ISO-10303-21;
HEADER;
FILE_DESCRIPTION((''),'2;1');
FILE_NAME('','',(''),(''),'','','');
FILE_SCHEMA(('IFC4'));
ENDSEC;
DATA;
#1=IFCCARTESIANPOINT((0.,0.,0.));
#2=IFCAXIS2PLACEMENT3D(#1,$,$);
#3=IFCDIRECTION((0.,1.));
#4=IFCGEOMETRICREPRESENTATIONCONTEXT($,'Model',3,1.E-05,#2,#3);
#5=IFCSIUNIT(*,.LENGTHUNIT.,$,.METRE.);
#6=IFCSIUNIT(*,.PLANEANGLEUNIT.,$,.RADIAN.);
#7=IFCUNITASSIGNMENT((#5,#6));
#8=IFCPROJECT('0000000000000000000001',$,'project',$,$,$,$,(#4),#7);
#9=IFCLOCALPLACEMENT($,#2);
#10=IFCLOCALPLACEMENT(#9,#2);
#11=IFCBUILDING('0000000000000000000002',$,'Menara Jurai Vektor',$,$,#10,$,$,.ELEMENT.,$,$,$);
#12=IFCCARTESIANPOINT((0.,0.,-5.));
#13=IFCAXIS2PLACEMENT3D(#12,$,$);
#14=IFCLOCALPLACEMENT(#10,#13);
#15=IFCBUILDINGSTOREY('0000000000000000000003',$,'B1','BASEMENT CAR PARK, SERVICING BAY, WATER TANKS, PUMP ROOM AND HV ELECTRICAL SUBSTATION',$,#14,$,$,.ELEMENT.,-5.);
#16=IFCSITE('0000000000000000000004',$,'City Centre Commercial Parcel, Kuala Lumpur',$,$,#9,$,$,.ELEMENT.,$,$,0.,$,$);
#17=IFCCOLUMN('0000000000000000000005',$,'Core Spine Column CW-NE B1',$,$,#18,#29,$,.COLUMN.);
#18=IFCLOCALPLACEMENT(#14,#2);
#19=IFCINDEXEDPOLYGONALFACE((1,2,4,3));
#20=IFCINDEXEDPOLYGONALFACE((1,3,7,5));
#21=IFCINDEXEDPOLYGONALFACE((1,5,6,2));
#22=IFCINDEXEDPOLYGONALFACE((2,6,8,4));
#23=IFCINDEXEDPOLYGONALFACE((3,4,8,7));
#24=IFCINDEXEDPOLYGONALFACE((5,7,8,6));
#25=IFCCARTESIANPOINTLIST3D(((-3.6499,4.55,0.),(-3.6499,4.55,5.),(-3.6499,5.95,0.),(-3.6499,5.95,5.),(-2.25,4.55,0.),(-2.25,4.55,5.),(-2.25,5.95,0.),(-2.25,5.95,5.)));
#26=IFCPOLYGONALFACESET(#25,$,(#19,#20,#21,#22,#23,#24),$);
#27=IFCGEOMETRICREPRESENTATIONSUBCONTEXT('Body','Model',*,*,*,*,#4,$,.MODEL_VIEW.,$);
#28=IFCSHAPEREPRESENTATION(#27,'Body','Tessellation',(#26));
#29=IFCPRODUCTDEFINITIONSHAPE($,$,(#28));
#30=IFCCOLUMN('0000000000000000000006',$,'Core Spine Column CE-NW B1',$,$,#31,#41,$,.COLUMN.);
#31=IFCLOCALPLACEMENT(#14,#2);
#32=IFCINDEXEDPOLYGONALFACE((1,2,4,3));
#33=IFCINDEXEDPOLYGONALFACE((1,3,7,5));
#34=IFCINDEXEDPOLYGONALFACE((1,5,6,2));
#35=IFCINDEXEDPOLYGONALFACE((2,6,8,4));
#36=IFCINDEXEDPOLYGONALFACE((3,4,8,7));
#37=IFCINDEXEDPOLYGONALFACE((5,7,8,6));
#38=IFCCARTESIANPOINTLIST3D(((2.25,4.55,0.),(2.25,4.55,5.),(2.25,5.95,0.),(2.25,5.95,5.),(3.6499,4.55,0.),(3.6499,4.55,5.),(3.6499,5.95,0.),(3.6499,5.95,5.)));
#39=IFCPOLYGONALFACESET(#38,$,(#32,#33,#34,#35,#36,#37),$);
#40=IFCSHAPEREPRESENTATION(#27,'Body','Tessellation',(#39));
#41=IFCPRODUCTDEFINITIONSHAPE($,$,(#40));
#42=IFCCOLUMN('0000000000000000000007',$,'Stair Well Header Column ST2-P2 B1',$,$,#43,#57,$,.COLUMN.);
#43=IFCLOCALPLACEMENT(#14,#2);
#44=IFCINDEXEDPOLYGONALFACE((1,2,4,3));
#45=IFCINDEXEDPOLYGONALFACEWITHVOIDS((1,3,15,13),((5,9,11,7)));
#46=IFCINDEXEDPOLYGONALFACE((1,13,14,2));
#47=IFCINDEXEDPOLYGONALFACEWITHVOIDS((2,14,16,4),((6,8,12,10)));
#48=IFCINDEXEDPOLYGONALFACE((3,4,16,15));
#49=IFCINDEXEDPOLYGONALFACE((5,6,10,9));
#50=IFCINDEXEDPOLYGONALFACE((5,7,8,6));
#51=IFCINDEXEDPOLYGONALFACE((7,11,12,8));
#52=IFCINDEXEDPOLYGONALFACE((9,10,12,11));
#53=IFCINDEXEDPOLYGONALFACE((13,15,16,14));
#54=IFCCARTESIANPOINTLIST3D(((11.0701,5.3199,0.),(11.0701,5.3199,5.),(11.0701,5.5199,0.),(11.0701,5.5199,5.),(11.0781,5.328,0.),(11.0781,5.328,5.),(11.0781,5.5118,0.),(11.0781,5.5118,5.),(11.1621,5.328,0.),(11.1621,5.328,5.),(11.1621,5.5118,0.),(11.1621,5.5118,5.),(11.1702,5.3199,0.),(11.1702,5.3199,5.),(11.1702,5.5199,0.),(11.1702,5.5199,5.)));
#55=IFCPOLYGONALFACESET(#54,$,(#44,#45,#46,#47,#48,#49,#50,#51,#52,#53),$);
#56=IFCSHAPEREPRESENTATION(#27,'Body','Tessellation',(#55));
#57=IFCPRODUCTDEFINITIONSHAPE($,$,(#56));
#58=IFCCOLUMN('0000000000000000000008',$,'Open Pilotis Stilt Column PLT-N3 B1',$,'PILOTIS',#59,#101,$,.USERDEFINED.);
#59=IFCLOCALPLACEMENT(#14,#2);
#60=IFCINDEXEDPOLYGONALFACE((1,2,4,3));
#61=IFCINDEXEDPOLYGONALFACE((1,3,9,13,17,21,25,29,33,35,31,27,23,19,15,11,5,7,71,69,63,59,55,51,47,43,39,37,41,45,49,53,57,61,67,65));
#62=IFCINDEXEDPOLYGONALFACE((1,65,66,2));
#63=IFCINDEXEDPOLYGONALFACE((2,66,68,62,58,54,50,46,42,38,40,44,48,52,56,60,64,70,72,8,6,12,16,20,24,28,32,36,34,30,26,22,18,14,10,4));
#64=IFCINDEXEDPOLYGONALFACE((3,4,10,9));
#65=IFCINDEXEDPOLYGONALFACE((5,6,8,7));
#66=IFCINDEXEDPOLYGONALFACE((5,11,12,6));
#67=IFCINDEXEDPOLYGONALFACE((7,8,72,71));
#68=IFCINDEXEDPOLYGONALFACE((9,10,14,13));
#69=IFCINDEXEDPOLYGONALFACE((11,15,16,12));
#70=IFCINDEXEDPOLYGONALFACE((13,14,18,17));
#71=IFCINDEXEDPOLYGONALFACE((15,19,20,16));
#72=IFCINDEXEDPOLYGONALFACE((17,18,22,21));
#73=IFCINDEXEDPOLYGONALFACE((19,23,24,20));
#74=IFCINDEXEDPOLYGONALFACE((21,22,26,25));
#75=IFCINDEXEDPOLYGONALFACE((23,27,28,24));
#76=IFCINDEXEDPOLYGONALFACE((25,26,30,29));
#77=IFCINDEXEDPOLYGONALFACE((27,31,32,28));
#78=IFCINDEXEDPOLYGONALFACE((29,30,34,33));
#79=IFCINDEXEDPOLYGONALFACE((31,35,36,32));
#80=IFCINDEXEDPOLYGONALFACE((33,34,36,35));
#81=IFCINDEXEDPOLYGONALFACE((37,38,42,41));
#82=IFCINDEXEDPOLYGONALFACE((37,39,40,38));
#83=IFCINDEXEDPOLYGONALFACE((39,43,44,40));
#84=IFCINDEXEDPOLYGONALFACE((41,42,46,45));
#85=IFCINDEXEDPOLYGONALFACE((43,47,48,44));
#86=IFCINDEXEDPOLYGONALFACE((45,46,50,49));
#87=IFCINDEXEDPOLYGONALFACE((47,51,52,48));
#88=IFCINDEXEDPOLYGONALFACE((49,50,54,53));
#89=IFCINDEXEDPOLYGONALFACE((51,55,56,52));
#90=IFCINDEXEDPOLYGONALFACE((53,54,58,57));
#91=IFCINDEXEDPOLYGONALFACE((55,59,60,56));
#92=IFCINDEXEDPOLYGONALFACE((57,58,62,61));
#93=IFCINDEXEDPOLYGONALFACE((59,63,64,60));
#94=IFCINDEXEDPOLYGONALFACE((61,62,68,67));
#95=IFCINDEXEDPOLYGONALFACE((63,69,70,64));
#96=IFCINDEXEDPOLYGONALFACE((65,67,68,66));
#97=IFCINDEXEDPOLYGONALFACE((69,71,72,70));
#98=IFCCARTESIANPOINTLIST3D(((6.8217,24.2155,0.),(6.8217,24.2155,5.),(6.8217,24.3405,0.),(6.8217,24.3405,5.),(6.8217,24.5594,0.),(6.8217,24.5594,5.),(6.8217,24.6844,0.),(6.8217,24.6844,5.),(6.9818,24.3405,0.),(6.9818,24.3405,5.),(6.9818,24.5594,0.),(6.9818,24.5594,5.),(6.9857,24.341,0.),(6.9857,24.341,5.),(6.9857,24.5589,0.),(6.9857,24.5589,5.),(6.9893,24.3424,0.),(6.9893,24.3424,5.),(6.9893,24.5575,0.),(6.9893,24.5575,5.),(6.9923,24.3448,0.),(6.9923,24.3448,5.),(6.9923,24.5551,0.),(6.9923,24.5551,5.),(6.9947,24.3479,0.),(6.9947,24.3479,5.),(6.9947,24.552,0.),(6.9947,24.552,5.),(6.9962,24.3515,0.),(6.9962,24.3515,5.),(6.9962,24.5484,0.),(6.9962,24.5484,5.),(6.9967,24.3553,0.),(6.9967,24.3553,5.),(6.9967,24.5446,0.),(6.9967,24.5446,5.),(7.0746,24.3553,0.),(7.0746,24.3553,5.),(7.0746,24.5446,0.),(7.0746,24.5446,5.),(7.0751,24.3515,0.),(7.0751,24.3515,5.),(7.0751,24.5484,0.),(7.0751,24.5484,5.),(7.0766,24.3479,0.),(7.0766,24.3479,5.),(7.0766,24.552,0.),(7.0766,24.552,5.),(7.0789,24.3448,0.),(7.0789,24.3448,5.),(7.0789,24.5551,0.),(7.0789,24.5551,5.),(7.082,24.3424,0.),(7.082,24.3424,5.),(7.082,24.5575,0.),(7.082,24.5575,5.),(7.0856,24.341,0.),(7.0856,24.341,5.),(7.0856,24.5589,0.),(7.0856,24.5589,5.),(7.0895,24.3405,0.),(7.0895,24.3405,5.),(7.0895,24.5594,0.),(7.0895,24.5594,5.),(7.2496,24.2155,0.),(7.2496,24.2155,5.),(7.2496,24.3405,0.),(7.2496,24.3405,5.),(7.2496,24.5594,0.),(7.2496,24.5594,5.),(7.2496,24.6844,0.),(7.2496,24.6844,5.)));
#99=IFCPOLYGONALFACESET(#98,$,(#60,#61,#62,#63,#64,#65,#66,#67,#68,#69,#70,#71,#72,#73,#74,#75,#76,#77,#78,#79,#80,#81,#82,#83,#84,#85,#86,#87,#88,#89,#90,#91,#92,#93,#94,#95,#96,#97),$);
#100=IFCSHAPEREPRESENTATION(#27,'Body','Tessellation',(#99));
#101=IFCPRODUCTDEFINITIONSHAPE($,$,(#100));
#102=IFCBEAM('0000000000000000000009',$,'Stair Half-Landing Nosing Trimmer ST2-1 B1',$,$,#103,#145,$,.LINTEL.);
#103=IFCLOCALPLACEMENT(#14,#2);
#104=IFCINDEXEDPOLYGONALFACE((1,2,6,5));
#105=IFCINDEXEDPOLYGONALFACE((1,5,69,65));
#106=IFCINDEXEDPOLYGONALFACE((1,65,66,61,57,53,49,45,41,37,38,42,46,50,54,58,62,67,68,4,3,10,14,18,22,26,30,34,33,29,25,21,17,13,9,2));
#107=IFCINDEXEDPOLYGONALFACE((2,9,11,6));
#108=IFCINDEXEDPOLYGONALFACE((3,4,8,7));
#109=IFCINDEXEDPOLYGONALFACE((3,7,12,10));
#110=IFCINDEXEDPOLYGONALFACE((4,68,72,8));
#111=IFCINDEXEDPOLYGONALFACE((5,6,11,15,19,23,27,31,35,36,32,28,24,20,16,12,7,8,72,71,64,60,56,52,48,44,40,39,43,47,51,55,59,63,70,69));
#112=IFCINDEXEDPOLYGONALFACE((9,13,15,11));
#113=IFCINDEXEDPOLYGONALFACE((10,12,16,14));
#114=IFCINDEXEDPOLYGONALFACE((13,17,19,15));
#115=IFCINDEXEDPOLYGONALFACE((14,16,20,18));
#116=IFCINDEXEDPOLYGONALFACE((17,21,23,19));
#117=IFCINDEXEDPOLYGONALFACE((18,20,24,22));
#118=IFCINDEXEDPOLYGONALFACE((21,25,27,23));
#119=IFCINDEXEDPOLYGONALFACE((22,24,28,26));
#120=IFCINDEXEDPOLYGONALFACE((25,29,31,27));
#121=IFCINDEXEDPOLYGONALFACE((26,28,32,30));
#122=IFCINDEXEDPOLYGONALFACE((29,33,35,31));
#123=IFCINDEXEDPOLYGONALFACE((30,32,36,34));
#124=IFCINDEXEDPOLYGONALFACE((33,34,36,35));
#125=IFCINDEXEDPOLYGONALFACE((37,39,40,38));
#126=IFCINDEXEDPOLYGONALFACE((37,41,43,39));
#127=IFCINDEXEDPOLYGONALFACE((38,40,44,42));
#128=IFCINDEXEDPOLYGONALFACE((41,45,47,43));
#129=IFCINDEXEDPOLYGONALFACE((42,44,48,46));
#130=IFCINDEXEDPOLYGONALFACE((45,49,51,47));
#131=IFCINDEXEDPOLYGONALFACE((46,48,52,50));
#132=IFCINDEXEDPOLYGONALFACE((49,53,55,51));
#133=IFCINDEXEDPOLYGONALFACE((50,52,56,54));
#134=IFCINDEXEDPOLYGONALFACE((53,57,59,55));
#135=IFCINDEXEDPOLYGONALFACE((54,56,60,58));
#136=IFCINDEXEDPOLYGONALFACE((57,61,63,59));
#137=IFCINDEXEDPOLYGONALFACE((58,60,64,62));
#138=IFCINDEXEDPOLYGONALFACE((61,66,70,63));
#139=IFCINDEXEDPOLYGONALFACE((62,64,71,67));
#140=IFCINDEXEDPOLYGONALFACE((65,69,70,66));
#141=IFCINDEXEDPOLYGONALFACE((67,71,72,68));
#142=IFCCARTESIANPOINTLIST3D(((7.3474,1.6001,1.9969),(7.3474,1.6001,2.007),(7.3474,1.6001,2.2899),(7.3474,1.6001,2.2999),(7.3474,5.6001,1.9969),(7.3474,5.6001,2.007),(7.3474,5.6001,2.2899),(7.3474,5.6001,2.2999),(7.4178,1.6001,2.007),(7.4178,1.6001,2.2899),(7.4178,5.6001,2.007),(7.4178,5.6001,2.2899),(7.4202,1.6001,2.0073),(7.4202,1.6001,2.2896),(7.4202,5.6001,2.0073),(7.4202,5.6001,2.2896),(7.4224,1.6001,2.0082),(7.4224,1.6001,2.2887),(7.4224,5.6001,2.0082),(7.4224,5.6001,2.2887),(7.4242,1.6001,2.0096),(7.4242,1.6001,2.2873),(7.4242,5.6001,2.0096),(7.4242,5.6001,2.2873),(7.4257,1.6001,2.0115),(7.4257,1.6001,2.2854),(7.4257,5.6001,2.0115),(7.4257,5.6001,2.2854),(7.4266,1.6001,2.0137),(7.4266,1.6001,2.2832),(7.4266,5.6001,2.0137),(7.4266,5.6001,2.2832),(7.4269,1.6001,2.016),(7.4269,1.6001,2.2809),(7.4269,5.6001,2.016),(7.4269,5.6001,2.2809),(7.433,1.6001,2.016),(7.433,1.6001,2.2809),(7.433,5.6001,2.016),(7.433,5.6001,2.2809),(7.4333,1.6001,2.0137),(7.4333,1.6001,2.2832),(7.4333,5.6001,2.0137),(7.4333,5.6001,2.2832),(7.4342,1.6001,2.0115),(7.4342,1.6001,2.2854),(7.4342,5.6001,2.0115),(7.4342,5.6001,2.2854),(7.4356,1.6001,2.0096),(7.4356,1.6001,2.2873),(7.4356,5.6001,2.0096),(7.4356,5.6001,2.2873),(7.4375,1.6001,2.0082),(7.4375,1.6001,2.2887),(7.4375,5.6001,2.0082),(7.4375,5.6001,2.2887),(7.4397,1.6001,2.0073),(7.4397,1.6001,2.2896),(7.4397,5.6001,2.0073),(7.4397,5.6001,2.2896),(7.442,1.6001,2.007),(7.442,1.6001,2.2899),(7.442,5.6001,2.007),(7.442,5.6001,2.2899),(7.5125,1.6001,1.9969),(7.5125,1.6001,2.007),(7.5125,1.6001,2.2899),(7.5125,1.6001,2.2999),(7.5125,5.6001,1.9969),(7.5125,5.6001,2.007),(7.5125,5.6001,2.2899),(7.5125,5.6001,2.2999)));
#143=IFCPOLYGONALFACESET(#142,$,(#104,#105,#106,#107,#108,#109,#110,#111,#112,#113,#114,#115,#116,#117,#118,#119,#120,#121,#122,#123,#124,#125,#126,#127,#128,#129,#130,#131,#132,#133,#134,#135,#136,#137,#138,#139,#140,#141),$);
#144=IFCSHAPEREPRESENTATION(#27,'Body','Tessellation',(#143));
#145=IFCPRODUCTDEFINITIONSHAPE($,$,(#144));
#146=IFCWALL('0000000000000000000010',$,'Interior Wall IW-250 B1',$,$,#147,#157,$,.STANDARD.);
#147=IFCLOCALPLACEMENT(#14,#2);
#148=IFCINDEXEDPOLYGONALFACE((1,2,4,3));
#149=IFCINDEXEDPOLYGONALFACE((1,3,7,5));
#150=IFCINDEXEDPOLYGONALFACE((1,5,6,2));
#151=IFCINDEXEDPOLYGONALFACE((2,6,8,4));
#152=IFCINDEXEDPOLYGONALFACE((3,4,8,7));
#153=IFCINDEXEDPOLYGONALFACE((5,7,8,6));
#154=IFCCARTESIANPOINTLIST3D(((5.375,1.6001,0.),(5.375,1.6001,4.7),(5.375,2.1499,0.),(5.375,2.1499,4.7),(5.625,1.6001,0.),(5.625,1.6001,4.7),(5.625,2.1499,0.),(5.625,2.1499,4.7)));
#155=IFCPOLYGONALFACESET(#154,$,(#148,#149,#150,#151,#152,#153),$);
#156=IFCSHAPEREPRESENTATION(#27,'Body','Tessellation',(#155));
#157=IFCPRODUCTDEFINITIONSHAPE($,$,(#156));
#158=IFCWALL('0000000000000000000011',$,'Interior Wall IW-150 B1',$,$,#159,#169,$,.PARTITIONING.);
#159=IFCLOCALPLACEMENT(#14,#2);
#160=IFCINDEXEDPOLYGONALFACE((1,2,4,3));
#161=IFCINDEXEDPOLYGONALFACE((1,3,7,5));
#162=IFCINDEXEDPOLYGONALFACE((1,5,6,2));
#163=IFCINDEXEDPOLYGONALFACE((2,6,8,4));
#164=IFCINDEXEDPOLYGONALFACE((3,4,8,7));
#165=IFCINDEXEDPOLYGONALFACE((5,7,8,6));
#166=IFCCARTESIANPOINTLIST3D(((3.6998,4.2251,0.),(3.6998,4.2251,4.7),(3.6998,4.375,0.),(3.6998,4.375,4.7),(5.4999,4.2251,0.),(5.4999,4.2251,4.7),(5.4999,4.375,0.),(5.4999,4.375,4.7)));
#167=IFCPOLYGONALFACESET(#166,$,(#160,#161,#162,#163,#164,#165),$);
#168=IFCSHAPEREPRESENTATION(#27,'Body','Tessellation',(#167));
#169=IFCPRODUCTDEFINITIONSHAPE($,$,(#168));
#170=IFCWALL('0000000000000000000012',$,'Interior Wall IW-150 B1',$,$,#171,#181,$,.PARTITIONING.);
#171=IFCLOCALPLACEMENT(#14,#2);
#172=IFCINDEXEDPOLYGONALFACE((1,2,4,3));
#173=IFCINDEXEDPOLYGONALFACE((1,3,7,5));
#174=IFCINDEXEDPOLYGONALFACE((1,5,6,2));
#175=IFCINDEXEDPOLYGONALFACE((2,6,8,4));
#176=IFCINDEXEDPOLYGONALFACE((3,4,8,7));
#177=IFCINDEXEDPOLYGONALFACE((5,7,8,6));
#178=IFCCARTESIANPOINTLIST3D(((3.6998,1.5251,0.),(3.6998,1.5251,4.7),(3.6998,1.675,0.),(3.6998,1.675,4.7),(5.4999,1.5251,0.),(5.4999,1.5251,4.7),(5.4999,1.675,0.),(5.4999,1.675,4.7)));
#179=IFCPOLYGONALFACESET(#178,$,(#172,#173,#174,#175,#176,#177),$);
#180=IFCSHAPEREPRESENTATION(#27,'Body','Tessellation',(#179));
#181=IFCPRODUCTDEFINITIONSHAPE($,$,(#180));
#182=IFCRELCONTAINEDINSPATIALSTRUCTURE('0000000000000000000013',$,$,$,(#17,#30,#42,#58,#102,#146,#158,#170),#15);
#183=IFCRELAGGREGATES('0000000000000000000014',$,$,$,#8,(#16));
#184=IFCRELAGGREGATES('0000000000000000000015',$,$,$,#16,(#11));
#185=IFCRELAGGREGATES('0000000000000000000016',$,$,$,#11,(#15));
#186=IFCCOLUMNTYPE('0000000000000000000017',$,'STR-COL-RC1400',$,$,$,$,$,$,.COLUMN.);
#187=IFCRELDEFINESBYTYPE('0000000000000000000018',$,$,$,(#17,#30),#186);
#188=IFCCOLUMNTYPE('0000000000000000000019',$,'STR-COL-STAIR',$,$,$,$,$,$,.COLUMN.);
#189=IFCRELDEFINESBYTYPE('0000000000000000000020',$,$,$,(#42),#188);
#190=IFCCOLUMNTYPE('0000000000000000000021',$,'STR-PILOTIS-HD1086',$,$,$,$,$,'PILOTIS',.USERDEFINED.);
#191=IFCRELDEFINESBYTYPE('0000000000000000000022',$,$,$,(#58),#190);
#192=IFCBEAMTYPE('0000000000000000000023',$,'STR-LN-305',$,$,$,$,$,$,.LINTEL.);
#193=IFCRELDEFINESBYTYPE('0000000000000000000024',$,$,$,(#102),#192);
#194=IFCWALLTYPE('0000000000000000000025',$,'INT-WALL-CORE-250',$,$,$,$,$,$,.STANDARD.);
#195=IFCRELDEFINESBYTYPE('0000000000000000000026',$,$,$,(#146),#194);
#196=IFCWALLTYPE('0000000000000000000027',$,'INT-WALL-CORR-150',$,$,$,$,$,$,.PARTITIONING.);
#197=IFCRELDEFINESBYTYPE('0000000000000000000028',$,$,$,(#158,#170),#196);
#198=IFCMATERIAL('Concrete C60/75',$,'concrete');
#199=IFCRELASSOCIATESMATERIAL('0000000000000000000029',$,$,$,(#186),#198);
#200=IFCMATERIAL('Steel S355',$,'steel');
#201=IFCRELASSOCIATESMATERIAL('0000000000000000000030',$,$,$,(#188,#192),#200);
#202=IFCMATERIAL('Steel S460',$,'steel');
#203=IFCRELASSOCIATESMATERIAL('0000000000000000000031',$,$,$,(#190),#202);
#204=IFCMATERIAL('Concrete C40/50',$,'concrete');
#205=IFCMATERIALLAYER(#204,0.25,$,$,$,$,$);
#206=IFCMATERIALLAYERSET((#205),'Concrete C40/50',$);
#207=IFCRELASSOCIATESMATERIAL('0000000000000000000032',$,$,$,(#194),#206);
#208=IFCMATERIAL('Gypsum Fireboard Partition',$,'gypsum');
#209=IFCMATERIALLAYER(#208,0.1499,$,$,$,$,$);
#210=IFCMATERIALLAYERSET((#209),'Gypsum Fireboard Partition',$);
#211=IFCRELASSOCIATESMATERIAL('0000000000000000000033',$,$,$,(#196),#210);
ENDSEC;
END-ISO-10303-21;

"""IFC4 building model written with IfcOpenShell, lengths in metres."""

from ifc_helpers import new_model, si_unit, direction, frame, frame_2d, origin, origin_2d, place, context, subcontext, project, spatial, rectangle, hollow_rectangle, i_section, extrude, material, layer, layer_set, material_profile, profile_set, type_object, element, save


model = new_model("IFC4")

# Units and contexts
model_context = context("Model", 3, precision=1e-05, world=origin(), true_north=direction((0.0, 1.0)))
body_context = subcontext(model_context, "Body", "Model", "MODEL_VIEW")
ifc_project = project(units=[si_unit("LENGTHUNIT", "METRE"), si_unit("PLANEANGLEUNIT", "RADIAN")], contexts=[model_context])

# Site, building, storey
site_placement = place(None, origin())
site = spatial("IfcSite", under=ifc_project, at=site_placement, Name="City Centre Commercial Parcel, Kuala Lumpur", CompositionType="ELEMENT", RefElevation=0.0)
building_placement = place(site_placement, origin())
building = spatial("IfcBuilding", under=site, at=building_placement, Name="Menara Jurai Vektor", CompositionType="ELEMENT")
storey_placement = place(building_placement, frame((0.0, 0.0, -5.0)))
storey = spatial("IfcBuildingStorey", under=building, at=storey_placement, Name="B1", Description="BASEMENT CAR PARK, SERVICING BAY, WATER TANKS, PUMP ROOM AND HV ELECTRICAL SUBSTATION", CompositionType="ELEMENT", Elevation=-5.0)

# Columns
ifc_material_1 = material(Name="Concrete C60/75", Category="concrete")
ifc_material_profile_1 = material_profile(ifc_material_1, rectangle(XDim=1.3999, YDim=1.3999, at=origin_2d()), Name="RC 1400x1400")
ifc_profile_set_1 = profile_set([ifc_material_profile_1], Name="Concrete C60/75")
column_type_1 = type_object("IfcColumnType", Name="STR-COL-RC1400", PredefinedType="COLUMN", material=ifc_profile_set_1)
for number, where, z_axis, x_axis, name in (
    (1, (-2.95, 5.25, 0.0), (0.0, 0.0, 1.0), (1.0, 0.0, 0.0), "Core Spine Column CW-NE B1"),
    (2, (2.95, 5.25, 0.0), (0.0, 0.0, 1.0), (1.0, 0.0, 0.0), "Core Spine Column CE-NW B1"),
):
    element("IfcColumn", number, at=place(storey_placement, frame(where, z_axis=z_axis, x_axis=x_axis)), inside=storey, type_object=column_type_1, Name=name, PredefinedType="COLUMN", context=body_context, shape_type="SweptSolid", body=[
        extrude(rectangle(XDim=1.3999, YDim=1.3999, at=origin_2d()), origin(), (0.0, 0.0, 1.0), 5.0),
    ])
ifc_material_2 = material(Name="Steel S355", Category="steel")
ifc_material_profile_2 = material_profile(ifc_material_2, hollow_rectangle(XDim=0.1001, YDim=0.2, WallThickness=0.0081, at=origin_2d()), Name="RHS 200x100x8")
ifc_profile_set_2 = profile_set([ifc_material_profile_2], Name="Steel S355")
column_type_2 = type_object("IfcColumnType", Name="STR-COL-STAIR", PredefinedType="COLUMN", material=ifc_profile_set_2)
column_1_placement = place(storey_placement, frame((11.1201, 5.4199, 0.0), z_axis=(0.0, 0.0, 1.0), x_axis=(1.0, 0.0, 0.0)))
element("IfcColumn", 3, at=column_1_placement, inside=storey, type_object=column_type_2, Name="Stair Well Header Column ST2-P2 B1", PredefinedType="COLUMN", context=body_context, shape_type="SweptSolid", body=[
    extrude(hollow_rectangle(XDim=0.1001, YDim=0.2, WallThickness=0.0081, at=origin_2d()), origin(), (0.0, 0.0, 1.0), 5.0),
])
ifc_material_3 = material(Name="Steel S460", Category="steel")
ifc_material_profile_3 = material_profile(ifc_material_3, i_section(OverallWidth=0.428, OverallDepth=0.469, WebThickness=0.0779, FlangeThickness=0.125, FilletRadius=0.0149, at=origin_2d()), Name="HD 400x1086")
ifc_profile_set_3 = profile_set([ifc_material_profile_3], Name="Steel S460")
column_type_3 = type_object("IfcColumnType", Name="STR-PILOTIS-HD1086", ElementType="PILOTIS", PredefinedType="USERDEFINED", material=ifc_profile_set_3)
column_2_placement = place(storey_placement, frame((7.0356, 24.45, 0.0), z_axis=(0.0, 0.0, 1.0), x_axis=(1.0, 0.0, 0.0)))
element("IfcColumn", 4, at=column_2_placement, inside=storey, type_object=column_type_3, Name="Open Pilotis Stilt Column PLT-N3 B1", ObjectType="PILOTIS", PredefinedType="USERDEFINED", context=body_context, shape_type="SweptSolid", body=[
    extrude(i_section(OverallWidth=0.428, OverallDepth=0.469, WebThickness=0.0779, FlangeThickness=0.125, FilletRadius=0.0149, at=origin_2d()), origin(), (0.0, 0.0, 1.0), 5.0),
])

# Beam
ifc_material_profile_4 = material_profile(ifc_material_2, i_section(OverallWidth=0.165, OverallDepth=0.303, WebThickness=0.0061, FlangeThickness=0.01, FilletRadius=0.009, at=origin_2d()), Name="UKB 305x165x40")
ifc_profile_set_4 = profile_set([ifc_material_profile_4], Name="Steel S355")
beam_type = type_object("IfcBeamType", Name="STR-LN-305", PredefinedType="LINTEL", material=ifc_profile_set_4)
beam_placement = place(storey_placement, frame((7.4299, 1.6001, 2.1484), z_axis=(0.0, 1.0, 0.0), x_axis=(-1.0, 0.0, 0.0)))
element("IfcBeam", 5, at=beam_placement, inside=storey, type_object=beam_type, Name="Stair Half-Landing Nosing Trimmer ST2-1 B1", PredefinedType="LINTEL", context=body_context, shape_type="SweptSolid", body=[
    extrude(i_section(OverallWidth=0.165, OverallDepth=0.303, WebThickness=0.0061, FlangeThickness=0.01, FilletRadius=0.009, at=origin_2d()), origin(), (0.0, 0.0, 1.0), 4.0),
])

# Shared definitions
ifc_material_4 = material(Name="Concrete C40/50", Category="concrete")
ifc_layer_1 = layer(ifc_material_4, 0.25)
ifc_layer_set_1 = layer_set([ifc_layer_1], Name="Concrete C40/50")
wall_type_1 = type_object("IfcWallType", Name="INT-WALL-CORE-250", PredefinedType="STANDARD", material=ifc_layer_set_1)

# Walls
wall_1_placement = place(storey_placement, frame((5.5, 1.6001, 0.0), z_axis=(0.0, 0.0, 1.0), x_axis=(0.0, 1.0, 0.0)))
element("IfcWall", 6, at=wall_1_placement, inside=storey, type_object=wall_type_1, Name="Interior Wall IW-250 B1", PredefinedType="STANDARD", context=body_context, shape_type="SweptSolid", body=[
    extrude(rectangle(XDim=0.5498, YDim=0.25, at=frame_2d((0.2749, 0.0))), origin(), (0.0, 0.0, 1.0), 4.7),
])
ifc_material_5 = material(Name="Gypsum Fireboard Partition", Category="gypsum")
ifc_layer_2 = layer(ifc_material_5, 0.1499)
ifc_layer_set_2 = layer_set([ifc_layer_2], Name="Gypsum Fireboard Partition")
wall_type_2 = type_object("IfcWallType", Name="INT-WALL-CORR-150", PredefinedType="PARTITIONING", material=ifc_layer_set_2)
for number, where, z_axis, x_axis, name in (
    (7, (3.7, 4.3, 0.0), (0.0, 0.0, 1.0), (1.0, 0.0, 0.0), "Interior Wall IW-150 B1"),
    (8, (3.7, 1.6001, 0.0), (0.0, 0.0, 1.0), (1.0, 0.0, 0.0), "Interior Wall IW-150 B1"),
):
    element("IfcWall", number, at=place(storey_placement, frame(where, z_axis=z_axis, x_axis=x_axis)), inside=storey, type_object=wall_type_2, Name=name, PredefinedType="PARTITIONING", context=body_context, shape_type="SweptSolid", body=[
        extrude(rectangle(XDim=1.8, YDim=0.1499, at=frame_2d((0.8999, 0.0))), origin(), (0.0, 0.0, 1.0), 4.7),
    ])

save(model, "model.ifc")
